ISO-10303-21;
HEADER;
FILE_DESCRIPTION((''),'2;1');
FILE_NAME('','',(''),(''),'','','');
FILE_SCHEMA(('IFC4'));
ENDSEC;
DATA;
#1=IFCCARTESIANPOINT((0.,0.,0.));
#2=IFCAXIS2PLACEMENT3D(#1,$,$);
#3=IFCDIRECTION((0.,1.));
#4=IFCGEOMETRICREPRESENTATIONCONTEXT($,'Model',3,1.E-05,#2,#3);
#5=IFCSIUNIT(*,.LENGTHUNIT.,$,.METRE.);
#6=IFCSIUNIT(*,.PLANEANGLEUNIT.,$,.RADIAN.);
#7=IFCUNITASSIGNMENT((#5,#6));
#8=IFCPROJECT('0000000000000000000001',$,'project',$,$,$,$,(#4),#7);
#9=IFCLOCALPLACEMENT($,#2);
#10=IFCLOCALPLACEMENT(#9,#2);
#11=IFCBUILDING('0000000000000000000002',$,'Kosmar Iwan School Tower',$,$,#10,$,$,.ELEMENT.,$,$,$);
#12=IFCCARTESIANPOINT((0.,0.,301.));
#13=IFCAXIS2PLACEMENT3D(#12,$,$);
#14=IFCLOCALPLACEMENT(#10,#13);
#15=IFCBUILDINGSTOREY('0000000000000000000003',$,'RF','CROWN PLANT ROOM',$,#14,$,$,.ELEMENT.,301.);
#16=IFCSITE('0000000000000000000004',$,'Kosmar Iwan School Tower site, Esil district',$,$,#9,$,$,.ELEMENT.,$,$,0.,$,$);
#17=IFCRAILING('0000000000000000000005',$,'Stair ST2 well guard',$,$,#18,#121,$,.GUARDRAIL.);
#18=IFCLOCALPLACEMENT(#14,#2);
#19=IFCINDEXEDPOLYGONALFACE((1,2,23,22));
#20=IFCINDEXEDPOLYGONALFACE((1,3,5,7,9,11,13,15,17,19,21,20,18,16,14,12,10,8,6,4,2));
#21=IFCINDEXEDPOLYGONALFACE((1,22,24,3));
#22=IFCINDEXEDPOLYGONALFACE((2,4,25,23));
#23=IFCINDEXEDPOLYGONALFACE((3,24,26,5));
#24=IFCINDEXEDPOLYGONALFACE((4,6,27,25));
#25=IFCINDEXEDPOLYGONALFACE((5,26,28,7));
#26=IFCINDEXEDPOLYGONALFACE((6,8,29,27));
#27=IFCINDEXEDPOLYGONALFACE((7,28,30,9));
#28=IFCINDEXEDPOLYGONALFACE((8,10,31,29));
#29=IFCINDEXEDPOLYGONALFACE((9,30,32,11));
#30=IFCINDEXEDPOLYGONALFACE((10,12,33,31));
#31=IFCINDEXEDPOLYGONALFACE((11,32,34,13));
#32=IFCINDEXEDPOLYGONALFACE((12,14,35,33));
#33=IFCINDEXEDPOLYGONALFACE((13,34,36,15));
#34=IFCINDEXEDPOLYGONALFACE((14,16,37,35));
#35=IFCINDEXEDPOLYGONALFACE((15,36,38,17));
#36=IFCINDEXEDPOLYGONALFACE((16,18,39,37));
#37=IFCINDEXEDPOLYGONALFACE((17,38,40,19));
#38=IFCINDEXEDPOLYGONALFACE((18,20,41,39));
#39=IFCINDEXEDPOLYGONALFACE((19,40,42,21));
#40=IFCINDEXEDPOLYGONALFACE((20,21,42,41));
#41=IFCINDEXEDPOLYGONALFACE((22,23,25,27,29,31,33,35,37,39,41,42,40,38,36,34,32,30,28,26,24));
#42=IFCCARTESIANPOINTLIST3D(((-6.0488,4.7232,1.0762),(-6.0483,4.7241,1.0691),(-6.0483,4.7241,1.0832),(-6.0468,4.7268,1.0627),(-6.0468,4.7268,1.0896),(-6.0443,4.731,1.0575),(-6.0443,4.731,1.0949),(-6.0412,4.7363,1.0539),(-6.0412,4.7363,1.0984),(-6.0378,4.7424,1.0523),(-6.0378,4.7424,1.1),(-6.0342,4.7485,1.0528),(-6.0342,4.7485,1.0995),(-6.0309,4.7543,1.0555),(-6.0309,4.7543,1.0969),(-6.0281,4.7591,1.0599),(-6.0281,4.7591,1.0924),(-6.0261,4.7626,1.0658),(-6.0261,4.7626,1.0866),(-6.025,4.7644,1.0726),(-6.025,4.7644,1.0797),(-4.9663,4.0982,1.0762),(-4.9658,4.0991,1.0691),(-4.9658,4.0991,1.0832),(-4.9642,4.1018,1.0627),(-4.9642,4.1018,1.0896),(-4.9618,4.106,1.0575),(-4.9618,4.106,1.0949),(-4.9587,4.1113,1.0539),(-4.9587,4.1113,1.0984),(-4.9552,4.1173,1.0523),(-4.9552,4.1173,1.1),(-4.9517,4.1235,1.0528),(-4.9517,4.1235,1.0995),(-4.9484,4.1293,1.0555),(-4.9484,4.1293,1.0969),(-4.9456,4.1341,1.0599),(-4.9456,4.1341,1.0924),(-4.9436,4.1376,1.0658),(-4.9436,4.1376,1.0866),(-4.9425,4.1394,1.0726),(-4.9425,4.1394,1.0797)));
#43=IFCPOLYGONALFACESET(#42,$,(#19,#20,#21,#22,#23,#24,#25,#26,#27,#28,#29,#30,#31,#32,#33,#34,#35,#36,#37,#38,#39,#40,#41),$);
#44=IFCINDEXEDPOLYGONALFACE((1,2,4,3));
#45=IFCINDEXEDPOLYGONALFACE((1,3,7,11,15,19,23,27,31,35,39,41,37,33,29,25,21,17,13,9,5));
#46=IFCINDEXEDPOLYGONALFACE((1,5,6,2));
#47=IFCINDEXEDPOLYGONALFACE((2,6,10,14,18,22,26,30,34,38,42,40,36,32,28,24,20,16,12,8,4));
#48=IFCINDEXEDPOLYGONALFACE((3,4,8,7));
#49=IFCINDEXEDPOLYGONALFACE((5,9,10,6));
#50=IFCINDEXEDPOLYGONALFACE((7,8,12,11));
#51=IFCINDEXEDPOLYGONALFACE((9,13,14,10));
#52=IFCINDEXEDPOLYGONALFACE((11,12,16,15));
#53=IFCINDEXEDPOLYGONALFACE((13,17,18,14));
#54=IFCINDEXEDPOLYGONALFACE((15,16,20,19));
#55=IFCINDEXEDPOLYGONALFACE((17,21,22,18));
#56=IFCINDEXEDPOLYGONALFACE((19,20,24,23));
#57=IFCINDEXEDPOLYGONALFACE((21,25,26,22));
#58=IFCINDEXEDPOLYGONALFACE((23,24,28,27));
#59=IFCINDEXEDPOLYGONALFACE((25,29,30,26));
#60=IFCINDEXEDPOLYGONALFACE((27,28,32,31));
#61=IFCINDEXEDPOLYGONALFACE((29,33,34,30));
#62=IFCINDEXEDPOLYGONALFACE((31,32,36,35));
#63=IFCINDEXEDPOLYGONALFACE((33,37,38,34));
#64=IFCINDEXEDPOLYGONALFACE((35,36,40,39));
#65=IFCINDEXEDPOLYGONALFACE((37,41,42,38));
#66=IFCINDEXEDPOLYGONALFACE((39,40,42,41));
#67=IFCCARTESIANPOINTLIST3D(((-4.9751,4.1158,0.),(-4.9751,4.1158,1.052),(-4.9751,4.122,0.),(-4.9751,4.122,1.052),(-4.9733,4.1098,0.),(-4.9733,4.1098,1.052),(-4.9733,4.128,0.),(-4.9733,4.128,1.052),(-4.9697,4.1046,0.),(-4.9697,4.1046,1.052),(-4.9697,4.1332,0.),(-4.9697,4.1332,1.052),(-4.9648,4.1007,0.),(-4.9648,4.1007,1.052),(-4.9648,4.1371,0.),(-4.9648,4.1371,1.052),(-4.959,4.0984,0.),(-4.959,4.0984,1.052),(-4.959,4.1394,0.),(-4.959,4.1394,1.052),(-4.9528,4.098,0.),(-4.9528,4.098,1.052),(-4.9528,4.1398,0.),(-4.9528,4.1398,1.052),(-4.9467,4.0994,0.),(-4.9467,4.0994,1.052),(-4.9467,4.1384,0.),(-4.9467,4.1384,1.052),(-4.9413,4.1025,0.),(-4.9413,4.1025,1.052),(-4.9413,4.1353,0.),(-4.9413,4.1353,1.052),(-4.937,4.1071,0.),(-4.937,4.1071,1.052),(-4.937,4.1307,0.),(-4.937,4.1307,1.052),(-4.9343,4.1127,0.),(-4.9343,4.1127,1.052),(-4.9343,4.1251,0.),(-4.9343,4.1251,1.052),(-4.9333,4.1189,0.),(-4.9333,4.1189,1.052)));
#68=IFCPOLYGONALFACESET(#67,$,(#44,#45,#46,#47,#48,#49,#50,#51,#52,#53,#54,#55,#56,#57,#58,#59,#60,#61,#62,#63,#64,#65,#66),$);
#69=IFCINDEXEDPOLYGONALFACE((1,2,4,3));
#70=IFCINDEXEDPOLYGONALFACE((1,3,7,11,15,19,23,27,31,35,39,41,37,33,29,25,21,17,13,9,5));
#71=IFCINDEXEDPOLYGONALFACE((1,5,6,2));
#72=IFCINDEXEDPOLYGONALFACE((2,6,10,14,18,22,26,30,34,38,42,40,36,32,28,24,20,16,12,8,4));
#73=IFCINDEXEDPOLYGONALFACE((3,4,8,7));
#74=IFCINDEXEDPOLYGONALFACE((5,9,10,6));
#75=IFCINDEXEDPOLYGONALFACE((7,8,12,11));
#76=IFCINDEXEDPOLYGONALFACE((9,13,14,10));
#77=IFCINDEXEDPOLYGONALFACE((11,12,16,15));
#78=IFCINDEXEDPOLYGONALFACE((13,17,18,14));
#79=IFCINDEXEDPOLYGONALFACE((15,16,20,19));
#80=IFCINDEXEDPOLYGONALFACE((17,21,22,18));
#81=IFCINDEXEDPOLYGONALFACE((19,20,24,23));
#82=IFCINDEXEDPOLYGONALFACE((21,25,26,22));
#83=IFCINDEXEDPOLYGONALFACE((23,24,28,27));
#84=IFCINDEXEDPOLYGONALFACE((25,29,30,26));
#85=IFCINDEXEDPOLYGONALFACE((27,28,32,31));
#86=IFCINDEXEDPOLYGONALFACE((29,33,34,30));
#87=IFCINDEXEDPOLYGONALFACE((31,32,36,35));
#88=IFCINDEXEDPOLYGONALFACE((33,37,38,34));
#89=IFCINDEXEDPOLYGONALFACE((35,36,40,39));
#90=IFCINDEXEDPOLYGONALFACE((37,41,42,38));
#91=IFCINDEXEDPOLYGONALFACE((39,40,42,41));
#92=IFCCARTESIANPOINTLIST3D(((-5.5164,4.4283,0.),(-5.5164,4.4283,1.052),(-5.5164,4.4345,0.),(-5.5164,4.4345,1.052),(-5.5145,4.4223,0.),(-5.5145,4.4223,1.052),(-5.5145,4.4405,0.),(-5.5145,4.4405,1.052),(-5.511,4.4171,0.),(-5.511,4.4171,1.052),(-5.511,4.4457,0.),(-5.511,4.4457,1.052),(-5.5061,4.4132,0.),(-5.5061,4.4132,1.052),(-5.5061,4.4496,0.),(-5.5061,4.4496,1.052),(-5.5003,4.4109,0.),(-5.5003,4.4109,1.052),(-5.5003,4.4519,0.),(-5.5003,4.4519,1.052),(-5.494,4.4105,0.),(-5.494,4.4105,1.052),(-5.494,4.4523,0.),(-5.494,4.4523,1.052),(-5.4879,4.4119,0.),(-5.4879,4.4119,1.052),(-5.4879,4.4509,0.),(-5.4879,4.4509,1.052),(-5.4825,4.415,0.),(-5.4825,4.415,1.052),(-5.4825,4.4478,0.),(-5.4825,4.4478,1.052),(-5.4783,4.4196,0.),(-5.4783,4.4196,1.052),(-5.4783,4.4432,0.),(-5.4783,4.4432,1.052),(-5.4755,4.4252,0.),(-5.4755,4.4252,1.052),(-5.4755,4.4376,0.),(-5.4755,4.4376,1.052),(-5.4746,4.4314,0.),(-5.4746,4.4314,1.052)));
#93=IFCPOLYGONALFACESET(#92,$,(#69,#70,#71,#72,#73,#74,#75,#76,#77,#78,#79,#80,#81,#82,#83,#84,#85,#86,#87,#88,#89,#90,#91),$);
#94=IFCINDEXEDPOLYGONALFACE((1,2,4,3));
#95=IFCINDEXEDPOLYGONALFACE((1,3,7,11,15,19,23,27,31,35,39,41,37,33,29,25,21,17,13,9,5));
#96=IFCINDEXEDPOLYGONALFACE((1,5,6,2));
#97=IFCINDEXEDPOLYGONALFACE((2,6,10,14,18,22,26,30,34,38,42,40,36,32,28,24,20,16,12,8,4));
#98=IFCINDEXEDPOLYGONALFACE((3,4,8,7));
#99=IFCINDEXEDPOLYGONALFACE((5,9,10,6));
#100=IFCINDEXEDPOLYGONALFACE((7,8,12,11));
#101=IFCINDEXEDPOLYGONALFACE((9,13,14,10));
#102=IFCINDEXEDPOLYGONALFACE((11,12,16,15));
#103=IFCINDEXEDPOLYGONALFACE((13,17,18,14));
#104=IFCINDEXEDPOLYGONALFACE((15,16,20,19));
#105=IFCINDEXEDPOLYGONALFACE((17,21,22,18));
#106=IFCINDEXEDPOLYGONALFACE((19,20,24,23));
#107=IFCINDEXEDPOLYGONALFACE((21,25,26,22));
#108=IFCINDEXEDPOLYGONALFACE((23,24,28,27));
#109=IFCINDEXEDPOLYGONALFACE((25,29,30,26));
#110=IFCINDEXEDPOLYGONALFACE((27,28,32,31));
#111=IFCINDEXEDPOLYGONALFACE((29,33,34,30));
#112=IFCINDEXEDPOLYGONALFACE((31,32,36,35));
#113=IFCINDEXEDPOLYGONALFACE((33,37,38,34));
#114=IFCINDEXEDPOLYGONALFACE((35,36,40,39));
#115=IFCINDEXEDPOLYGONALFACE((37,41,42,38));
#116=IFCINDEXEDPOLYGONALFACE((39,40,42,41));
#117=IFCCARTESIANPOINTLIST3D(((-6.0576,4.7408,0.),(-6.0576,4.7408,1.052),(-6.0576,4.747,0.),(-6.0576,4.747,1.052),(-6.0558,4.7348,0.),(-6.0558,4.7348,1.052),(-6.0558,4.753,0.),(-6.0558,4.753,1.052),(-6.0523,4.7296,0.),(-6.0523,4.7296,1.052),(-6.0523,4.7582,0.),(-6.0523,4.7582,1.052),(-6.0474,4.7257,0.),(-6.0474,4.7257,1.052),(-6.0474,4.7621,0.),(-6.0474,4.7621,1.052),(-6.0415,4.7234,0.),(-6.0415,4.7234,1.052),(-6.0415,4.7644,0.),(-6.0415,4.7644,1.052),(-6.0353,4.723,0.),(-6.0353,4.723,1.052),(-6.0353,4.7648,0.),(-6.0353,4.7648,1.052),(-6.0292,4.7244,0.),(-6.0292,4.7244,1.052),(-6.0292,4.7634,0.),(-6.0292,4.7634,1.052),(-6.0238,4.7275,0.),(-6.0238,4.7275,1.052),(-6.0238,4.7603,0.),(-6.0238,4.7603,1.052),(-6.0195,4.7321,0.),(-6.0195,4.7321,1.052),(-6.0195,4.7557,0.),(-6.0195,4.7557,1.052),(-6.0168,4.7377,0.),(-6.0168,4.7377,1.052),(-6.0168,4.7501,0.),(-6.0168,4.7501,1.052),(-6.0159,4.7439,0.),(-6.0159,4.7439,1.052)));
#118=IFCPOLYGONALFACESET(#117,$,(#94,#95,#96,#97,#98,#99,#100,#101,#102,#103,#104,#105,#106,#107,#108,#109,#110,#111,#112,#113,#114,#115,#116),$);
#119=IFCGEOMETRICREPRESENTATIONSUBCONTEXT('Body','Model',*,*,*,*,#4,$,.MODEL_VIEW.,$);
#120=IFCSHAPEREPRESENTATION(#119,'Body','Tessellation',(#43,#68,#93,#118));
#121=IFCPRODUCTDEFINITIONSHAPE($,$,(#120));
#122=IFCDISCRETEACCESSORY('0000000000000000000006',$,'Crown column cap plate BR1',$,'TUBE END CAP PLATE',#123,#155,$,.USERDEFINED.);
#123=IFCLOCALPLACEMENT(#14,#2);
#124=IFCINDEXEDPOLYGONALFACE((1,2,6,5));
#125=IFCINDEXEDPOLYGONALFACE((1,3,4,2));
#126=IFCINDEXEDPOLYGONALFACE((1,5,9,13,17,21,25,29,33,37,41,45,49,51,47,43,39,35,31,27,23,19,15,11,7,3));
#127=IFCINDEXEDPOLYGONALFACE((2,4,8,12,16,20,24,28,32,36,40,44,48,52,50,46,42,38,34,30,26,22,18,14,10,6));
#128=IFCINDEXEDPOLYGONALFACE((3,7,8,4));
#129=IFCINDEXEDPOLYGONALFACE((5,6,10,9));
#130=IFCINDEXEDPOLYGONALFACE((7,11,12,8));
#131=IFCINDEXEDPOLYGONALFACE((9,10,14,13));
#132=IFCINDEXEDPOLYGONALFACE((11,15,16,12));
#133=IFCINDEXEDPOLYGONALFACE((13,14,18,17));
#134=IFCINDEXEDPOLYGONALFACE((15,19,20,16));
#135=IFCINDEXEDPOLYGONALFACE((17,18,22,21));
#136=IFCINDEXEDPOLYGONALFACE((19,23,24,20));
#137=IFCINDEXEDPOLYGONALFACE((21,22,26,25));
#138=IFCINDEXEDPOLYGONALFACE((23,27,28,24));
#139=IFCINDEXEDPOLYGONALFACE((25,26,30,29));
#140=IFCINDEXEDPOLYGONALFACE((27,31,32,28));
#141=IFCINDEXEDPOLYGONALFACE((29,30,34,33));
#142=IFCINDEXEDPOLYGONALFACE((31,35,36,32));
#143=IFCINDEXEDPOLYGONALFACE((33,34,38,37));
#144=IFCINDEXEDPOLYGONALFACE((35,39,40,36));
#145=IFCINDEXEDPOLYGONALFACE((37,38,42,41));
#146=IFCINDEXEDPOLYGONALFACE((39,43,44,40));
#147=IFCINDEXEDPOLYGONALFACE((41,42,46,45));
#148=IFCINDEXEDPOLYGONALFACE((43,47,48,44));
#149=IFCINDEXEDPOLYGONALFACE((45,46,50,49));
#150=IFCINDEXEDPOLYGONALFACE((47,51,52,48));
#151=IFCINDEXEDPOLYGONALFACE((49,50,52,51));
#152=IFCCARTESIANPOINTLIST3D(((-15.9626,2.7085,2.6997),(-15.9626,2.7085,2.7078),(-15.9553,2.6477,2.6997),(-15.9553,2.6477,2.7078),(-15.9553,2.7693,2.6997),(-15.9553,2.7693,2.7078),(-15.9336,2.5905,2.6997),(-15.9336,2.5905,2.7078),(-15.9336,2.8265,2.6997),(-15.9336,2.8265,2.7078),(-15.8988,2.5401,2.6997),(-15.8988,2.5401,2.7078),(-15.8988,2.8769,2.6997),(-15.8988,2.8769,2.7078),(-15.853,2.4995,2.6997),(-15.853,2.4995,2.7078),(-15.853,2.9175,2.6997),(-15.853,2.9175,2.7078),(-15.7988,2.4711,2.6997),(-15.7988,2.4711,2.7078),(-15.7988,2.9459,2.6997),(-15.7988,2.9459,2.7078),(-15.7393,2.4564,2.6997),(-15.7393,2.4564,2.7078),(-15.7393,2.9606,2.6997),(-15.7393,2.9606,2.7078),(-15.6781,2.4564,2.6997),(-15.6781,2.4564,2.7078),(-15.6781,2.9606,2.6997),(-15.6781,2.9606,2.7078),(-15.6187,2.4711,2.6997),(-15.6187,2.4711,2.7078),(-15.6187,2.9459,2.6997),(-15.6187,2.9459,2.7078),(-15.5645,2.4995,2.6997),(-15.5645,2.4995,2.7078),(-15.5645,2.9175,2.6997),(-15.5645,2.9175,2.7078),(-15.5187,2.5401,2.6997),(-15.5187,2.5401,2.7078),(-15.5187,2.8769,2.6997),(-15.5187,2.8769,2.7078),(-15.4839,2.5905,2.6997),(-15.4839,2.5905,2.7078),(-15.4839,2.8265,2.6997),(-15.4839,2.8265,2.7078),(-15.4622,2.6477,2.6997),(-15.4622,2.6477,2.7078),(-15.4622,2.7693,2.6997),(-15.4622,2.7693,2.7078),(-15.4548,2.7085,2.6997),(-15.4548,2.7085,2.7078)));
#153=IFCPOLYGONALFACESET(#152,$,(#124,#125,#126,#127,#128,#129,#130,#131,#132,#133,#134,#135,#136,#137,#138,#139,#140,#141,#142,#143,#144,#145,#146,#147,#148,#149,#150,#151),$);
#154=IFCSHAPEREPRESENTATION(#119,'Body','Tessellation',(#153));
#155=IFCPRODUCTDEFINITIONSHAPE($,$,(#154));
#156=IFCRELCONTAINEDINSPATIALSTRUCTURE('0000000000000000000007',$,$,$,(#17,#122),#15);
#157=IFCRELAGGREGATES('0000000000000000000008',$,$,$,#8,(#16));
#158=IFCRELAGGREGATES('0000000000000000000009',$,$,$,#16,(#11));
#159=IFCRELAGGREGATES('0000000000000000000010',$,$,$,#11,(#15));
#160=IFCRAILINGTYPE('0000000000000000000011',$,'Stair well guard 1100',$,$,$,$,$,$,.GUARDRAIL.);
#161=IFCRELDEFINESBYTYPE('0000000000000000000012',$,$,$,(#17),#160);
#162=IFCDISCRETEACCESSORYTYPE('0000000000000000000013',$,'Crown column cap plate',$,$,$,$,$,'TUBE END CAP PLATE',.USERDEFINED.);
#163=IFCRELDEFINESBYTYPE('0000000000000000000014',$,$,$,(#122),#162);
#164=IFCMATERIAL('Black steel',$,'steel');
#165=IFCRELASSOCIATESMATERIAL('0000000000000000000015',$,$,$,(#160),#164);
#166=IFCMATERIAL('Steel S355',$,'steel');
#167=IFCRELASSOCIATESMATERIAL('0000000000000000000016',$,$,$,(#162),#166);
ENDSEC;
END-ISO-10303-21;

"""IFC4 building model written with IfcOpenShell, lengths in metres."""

from ifc_helpers import new_model, si_unit, direction, frame, origin, origin_2d, place, context, subcontext, project, spatial, circle, extrude, material, material_profile, profile_set, type_object, element, save


model = new_model("IFC4")

# Units and contexts
model_context = context("Model", 3, precision=1e-05, world=origin(), true_north=direction((0.0, 1.0)))
body_context = subcontext(model_context, "Body", "Model", "MODEL_VIEW")
ifc_project = project(units=[si_unit("LENGTHUNIT", "METRE"), si_unit("PLANEANGLEUNIT", "RADIAN")], contexts=[model_context])

# Site, building, storey
site_placement = place(None, origin())
site = spatial("IfcSite", under=ifc_project, at=site_placement, Name="Kosmar Iwan School Tower site, Esil district", CompositionType="ELEMENT", RefElevation=0.0)
building_placement = place(site_placement, origin())
building = spatial("IfcBuilding", under=site, at=building_placement, Name="Kosmar Iwan School Tower", CompositionType="ELEMENT")
storey_placement = place(building_placement, frame((0.0, 0.0, 301.0)))
storey = spatial("IfcBuildingStorey", under=building, at=storey_placement, Name="RF", Description="CROWN PLANT ROOM", CompositionType="ELEMENT", Elevation=301.0)

# Railing
ifc_material_1 = material(Name="Black steel", Category="steel")
railing_type = type_object("IfcRailingType", Name="Stair well guard 1100", PredefinedType="GUARDRAIL", material=ifc_material_1)
railing_placement = place(storey_placement, frame((-4.9543, 4.1189, 0.0)))
element("IfcRailing", 1, at=railing_placement, inside=storey, type_object=railing_type, Name="Stair ST2 well guard", PredefinedType="GUARDRAIL", context=body_context, shape_type="SweptSolid", body=[
    extrude(circle(Radius=0.0239, at=origin_2d()), frame((0.0, 0.0, 1.0762), z_axis=(-0.866023, 0.500004, 0.0), x_axis=(-0.500004, -0.866023, 0.0)), (0.0, 0.0, 1.0), 1.25),
    extrude(circle(Radius=0.021, at=origin_2d()), origin(), (0.0, 0.0, 1.0), 1.052),
    extrude(circle(Radius=0.021, at=origin_2d()), frame((-0.5413, 0.3125, 0.0)), (0.0, 0.0, 1.0), 1.052),
    extrude(circle(Radius=0.021, at=origin_2d()), frame((-1.0825, 0.625, 0.0)), (0.0, 0.0, 1.0), 1.052),
])

# Discrete accessory
ifc_material_2 = material(Name="Steel S355", Category="steel")
ifc_material_profile_1 = material_profile(ifc_material_2, circle(Radius=0.2539, at=origin_2d()), Name="PL 508 DIA")
ifc_profile_set_1 = profile_set([ifc_material_profile_1], Name="Steel S355")
discrete_accessory_type = type_object("IfcDiscreteAccessoryType", Name="Crown column cap plate", ElementType="TUBE END CAP PLATE", PredefinedType="USERDEFINED", material=ifc_profile_set_1)
discrete_accessory_placement = place(storey_placement, frame((-15.7087, 2.7085, 2.6997), z_axis=(0.0, 0.0, 1.0), x_axis=(1.0, 0.0, 0.0)))
element("IfcDiscreteAccessory", 2, at=discrete_accessory_placement, inside=storey, type_object=discrete_accessory_type, Name="Crown column cap plate BR1", ObjectType="TUBE END CAP PLATE", PredefinedType="USERDEFINED", context=body_context, shape_type="SweptSolid", body=[
    extrude(circle(Radius=0.2539, at=origin_2d()), origin(), (0.0, 0.0, 1.0), 0.0081),
])

save(model, "model.ifc")
